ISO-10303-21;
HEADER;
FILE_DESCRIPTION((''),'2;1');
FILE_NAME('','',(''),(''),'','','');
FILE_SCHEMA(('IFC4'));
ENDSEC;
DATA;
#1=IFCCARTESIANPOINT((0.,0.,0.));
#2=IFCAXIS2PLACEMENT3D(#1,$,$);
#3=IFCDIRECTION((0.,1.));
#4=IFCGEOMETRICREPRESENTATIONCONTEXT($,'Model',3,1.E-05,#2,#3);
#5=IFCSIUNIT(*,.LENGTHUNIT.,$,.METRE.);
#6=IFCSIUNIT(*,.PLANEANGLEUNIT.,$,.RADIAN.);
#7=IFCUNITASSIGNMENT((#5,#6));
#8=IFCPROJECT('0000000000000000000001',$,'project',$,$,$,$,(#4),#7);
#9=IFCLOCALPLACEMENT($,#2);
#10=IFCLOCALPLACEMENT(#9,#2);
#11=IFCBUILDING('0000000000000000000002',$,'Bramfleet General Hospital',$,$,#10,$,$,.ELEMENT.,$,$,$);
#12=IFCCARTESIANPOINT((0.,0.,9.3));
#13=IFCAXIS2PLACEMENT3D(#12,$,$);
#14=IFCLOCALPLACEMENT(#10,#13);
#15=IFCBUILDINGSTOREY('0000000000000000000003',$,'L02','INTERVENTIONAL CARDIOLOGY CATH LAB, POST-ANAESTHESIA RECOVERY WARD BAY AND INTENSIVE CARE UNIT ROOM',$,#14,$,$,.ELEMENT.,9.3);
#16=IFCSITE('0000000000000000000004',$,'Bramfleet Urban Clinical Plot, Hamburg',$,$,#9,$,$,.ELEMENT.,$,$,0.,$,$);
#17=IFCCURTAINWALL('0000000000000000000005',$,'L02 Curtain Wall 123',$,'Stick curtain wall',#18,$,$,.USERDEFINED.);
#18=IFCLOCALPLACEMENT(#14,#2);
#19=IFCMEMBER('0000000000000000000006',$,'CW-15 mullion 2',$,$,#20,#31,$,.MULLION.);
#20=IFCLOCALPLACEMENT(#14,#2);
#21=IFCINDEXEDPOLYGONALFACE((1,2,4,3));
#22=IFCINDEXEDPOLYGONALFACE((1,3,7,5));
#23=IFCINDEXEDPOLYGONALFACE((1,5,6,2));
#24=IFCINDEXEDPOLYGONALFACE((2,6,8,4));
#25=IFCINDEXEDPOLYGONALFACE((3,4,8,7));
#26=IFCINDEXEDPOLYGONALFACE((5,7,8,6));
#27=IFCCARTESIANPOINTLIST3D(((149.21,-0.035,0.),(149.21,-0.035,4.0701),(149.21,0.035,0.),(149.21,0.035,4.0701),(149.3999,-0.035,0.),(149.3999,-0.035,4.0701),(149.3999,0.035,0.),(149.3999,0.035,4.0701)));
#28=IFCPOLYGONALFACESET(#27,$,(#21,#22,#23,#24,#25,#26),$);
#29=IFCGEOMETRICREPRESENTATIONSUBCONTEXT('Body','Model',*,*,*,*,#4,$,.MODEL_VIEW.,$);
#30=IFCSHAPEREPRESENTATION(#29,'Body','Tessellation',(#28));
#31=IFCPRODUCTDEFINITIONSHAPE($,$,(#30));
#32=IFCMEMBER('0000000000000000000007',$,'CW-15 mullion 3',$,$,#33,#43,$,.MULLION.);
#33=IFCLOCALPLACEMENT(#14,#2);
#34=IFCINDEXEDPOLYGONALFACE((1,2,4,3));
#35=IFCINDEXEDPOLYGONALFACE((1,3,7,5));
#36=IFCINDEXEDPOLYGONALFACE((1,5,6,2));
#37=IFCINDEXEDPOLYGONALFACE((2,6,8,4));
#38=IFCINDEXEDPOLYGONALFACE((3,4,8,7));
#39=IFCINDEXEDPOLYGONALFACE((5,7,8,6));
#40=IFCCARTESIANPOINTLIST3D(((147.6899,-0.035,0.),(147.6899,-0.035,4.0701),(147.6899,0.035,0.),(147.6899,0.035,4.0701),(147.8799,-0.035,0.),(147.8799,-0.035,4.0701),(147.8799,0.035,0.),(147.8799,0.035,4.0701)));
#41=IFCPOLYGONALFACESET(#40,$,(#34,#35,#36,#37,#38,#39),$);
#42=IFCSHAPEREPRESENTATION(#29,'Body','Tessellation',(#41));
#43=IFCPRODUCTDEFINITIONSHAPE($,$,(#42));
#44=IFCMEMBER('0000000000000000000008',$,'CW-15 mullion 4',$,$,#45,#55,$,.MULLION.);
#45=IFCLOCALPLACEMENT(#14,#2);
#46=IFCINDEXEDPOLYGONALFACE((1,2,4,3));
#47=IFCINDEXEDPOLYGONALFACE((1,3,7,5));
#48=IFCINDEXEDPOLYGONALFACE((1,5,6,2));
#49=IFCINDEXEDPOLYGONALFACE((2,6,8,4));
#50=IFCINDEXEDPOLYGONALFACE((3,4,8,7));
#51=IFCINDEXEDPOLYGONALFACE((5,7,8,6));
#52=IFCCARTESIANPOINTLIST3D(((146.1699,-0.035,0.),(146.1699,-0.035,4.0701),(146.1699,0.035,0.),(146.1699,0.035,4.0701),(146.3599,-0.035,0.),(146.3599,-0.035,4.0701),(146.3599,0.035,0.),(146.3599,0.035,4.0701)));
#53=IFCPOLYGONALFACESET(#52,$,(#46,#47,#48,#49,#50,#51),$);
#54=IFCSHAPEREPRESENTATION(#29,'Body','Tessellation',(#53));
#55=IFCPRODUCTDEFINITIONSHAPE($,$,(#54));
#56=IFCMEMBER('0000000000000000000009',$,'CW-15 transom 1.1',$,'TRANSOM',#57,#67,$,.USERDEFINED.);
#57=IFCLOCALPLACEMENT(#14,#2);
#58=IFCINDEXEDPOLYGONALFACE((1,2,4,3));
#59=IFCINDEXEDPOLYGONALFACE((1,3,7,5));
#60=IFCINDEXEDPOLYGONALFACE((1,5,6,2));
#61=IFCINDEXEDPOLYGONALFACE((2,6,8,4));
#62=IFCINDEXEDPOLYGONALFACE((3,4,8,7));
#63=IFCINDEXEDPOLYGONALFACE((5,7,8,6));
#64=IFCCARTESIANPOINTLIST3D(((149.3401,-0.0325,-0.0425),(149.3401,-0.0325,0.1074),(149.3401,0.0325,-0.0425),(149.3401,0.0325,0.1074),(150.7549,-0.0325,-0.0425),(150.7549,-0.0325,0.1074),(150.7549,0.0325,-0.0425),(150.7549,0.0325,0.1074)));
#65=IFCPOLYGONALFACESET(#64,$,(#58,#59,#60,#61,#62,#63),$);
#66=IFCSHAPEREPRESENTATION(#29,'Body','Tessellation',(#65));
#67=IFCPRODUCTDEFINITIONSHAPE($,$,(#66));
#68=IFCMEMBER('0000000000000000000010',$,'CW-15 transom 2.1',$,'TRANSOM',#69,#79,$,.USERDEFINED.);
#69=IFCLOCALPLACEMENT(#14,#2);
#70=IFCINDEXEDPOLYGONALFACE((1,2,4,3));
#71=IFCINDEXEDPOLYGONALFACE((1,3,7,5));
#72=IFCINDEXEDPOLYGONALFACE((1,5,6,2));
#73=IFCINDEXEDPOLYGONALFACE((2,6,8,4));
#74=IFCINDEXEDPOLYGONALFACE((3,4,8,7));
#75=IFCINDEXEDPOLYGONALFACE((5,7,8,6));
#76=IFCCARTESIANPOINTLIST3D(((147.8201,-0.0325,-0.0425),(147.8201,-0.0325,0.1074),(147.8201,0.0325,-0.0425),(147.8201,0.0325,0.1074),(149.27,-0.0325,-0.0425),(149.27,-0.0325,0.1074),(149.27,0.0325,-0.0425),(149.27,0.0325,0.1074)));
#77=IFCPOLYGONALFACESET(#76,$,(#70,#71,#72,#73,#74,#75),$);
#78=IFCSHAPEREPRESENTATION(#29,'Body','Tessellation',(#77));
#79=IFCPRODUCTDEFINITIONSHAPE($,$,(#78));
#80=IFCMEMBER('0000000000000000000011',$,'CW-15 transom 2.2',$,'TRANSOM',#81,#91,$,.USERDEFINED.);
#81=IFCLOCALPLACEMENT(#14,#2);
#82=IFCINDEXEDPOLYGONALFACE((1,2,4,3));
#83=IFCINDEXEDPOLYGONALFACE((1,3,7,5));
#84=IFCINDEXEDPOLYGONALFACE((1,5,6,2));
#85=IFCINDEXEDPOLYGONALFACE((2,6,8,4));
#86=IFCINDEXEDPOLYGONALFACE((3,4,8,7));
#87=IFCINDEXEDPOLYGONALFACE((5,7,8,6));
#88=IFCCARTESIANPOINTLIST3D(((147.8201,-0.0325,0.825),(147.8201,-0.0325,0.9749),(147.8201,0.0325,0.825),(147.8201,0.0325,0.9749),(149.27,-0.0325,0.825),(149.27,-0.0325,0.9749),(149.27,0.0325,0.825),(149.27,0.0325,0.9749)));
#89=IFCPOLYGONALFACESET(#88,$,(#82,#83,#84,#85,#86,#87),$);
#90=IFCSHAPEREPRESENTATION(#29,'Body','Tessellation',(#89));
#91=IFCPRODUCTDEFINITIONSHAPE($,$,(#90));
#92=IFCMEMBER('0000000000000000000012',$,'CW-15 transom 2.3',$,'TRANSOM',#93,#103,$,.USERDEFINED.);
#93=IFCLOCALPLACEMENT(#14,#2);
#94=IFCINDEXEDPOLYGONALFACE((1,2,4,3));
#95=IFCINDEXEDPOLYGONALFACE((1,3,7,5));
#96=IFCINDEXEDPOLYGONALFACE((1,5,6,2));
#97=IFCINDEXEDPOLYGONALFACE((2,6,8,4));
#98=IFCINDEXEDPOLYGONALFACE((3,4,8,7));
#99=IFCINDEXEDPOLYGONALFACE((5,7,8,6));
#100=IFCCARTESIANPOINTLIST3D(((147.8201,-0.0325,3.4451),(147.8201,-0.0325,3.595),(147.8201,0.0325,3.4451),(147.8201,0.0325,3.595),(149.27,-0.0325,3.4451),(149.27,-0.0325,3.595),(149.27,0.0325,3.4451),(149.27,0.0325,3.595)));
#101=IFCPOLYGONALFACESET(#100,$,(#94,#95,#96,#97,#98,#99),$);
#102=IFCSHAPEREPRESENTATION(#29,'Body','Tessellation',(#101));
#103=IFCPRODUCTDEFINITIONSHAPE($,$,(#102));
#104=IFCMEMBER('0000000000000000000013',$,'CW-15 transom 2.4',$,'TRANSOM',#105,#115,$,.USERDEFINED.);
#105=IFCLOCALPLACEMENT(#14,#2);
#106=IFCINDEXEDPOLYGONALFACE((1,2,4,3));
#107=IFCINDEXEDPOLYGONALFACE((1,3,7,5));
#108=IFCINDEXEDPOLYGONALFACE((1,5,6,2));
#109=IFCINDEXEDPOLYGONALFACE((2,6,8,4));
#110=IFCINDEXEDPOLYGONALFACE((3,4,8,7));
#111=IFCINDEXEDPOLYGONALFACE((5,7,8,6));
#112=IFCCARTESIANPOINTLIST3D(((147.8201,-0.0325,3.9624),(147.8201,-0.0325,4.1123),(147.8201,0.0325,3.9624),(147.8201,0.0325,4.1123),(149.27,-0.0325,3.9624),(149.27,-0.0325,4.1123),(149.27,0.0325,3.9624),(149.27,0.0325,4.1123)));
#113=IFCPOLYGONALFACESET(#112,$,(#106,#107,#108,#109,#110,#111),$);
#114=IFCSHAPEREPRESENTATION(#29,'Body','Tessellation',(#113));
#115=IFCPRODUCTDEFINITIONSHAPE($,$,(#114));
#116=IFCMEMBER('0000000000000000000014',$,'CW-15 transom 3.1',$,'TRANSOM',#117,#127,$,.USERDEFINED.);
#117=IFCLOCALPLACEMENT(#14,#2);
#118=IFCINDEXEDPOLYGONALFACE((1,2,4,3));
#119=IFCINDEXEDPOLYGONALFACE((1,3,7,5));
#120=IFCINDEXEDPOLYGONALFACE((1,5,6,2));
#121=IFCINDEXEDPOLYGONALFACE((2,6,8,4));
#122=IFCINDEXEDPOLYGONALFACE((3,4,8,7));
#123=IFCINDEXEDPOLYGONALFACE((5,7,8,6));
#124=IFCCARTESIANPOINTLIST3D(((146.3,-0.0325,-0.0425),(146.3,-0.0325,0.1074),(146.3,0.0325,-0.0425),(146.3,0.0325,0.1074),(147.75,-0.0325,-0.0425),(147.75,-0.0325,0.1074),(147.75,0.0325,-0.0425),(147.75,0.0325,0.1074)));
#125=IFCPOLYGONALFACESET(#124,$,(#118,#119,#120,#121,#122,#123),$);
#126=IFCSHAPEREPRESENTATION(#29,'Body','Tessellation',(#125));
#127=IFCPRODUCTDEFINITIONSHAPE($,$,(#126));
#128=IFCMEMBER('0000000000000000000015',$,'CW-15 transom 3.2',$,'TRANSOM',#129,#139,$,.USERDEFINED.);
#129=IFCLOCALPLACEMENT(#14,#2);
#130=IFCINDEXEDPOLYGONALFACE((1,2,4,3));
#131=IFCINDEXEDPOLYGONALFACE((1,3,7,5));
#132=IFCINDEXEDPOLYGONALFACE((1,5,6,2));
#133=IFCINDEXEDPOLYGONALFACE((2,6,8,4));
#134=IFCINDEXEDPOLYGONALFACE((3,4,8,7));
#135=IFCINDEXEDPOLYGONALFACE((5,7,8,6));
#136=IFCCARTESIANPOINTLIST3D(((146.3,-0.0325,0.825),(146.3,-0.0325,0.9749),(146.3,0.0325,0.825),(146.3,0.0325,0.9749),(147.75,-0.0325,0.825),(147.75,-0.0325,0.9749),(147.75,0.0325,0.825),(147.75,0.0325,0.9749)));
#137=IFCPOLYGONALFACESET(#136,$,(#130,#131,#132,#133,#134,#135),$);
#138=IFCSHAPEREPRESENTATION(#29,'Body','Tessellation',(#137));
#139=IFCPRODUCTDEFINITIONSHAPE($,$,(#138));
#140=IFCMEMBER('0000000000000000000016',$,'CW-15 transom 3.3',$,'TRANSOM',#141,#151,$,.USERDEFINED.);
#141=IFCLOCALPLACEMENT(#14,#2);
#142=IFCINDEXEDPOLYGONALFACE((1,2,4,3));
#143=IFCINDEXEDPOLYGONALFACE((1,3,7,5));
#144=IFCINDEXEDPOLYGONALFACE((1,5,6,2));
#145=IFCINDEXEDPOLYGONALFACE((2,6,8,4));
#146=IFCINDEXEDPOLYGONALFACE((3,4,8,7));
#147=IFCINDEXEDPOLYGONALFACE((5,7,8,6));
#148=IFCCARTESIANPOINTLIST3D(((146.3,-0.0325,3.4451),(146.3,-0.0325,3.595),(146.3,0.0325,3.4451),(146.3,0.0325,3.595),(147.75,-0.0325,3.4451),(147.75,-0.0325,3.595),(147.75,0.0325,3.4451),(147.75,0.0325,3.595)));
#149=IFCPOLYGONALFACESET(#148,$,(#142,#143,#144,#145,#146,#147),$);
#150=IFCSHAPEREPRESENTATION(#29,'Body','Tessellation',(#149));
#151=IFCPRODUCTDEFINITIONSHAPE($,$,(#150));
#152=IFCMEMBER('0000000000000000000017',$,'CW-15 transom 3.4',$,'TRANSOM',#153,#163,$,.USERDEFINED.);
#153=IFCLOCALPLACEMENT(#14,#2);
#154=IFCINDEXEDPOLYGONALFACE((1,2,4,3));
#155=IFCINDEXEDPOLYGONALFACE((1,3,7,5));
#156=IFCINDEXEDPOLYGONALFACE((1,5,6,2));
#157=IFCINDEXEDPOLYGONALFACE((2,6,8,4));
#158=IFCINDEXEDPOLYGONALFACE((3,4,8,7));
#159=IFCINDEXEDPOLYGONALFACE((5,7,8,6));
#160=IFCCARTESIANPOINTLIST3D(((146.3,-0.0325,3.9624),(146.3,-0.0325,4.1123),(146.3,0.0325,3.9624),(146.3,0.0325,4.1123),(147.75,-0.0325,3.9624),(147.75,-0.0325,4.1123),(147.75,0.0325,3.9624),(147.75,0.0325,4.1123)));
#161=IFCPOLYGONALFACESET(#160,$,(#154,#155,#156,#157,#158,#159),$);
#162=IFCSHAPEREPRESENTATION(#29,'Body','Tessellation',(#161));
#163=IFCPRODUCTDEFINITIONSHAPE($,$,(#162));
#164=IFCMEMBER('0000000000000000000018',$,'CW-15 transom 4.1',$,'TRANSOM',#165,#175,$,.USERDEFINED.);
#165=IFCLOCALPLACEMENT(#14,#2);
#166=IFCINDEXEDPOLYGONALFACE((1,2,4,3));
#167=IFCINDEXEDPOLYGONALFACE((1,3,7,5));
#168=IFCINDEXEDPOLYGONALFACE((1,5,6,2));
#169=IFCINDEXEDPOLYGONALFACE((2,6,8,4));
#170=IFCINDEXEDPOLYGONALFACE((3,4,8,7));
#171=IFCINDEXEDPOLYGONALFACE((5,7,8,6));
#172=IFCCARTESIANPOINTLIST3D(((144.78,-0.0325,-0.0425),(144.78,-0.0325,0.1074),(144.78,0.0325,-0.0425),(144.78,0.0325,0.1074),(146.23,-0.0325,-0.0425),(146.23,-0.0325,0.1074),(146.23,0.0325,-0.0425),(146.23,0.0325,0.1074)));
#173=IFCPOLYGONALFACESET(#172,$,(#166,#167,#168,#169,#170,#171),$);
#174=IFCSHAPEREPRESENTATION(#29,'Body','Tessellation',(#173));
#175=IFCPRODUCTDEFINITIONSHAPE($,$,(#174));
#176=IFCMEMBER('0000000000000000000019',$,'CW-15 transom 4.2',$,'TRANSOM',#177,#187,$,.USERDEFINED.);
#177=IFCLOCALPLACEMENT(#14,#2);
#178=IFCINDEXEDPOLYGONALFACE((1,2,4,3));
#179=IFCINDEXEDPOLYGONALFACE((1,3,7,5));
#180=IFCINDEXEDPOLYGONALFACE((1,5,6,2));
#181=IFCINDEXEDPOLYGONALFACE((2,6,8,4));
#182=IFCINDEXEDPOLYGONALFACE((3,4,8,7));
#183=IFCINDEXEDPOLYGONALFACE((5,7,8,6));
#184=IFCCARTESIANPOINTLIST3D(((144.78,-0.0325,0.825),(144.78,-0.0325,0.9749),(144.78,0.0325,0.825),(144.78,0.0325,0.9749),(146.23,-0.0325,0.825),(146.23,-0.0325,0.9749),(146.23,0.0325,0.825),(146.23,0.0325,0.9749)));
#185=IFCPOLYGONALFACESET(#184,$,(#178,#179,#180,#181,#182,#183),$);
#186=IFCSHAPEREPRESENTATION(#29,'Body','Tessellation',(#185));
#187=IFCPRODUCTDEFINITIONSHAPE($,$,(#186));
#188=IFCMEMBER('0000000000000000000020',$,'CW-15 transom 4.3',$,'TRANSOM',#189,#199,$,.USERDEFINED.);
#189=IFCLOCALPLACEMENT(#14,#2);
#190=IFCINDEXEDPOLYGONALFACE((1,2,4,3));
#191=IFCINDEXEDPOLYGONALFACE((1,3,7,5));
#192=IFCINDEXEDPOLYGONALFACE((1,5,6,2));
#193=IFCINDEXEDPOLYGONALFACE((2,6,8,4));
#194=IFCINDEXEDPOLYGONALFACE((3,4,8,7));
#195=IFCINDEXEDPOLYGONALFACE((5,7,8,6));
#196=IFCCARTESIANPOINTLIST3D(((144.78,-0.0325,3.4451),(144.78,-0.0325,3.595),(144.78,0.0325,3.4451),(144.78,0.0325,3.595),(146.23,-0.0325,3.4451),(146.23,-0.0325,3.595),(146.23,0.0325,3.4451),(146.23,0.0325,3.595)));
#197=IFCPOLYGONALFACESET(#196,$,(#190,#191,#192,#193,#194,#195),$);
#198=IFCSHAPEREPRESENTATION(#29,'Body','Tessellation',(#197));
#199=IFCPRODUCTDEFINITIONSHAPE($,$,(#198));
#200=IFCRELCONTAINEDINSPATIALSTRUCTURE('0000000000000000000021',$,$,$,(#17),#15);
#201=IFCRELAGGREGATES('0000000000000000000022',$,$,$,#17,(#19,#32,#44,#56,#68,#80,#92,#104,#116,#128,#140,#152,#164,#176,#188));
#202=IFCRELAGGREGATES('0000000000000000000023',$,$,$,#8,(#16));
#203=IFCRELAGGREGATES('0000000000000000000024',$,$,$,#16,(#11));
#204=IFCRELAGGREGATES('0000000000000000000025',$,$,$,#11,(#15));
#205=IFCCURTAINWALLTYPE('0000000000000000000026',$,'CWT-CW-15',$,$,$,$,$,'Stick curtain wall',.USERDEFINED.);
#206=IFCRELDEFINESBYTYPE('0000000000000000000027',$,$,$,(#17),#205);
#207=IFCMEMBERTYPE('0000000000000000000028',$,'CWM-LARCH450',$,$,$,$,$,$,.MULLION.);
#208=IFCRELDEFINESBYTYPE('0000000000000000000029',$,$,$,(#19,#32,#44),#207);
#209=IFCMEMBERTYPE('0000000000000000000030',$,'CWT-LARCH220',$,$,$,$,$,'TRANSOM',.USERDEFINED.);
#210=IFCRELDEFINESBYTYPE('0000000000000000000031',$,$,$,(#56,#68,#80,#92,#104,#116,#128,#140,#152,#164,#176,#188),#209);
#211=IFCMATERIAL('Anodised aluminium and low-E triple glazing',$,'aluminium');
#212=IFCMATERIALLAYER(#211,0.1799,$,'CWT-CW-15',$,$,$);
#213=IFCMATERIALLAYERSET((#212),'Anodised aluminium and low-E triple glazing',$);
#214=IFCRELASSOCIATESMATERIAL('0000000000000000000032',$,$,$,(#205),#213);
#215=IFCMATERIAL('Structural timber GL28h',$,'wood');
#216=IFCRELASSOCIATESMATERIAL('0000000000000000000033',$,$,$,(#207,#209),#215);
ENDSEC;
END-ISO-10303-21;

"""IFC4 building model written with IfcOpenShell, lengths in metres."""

from ifc_helpers import new_model, si_unit, direction, frame, origin, origin_2d, place, context, subcontext, project, spatial, rectangle, extrude, material, layer, layer_set, material_profile, profile_set, type_object, element, aggregate, save


model = new_model("IFC4")

# Units and contexts
model_context = context("Model", 3, precision=1e-05, world=origin(), true_north=direction((0.0, 1.0)))
body_context = subcontext(model_context, "Body", "Model", "MODEL_VIEW")
ifc_project = project(units=[si_unit("LENGTHUNIT", "METRE"), si_unit("PLANEANGLEUNIT", "RADIAN")], contexts=[model_context])

# Site, building, storey
site_placement = place(None, origin())
site = spatial("IfcSite", under=ifc_project, at=site_placement, Name="Bramfleet Urban Clinical Plot, Hamburg", CompositionType="ELEMENT", RefElevation=0.0)
building_placement = place(site_placement, origin())
building = spatial("IfcBuilding", under=site, at=building_placement, Name="Bramfleet General Hospital", CompositionType="ELEMENT")
storey_placement = place(building_placement, frame((0.0, 0.0, 9.3)))
storey = spatial("IfcBuildingStorey", under=building, at=storey_placement, Name="L02", Description="INTERVENTIONAL CARDIOLOGY CATH LAB, POST-ANAESTHESIA RECOVERY WARD BAY AND INTENSIVE CARE UNIT ROOM", CompositionType="ELEMENT", Elevation=9.3)

# Curtain wall, members
ifc_material_1 = material(Name="Anodised aluminium and low-E triple glazing", Category="aluminium")
ifc_layer_1 = layer(ifc_material_1, 0.1799, Name="CWT-CW-15")
ifc_layer_set_1 = layer_set([ifc_layer_1], Name="Anodised aluminium and low-E triple glazing")
curtain_wall_type = type_object("IfcCurtainWallType", Name="CWT-CW-15", ElementType="Stick curtain wall", PredefinedType="USERDEFINED", material=ifc_layer_set_1)
curtain_wall_placement = place(storey_placement, origin())
curtain_wall = element("IfcCurtainWall", 1, at=curtain_wall_placement, inside=storey, type_object=curtain_wall_type, Name="L02 Curtain Wall 123", ObjectType="Stick curtain wall", PredefinedType="USERDEFINED")
ifc_material_2 = material(Name="Structural timber GL28h", Category="wood")
ifc_material_profile_1 = material_profile(ifc_material_2, rectangle(XDim=0.0701, YDim=0.1899, at=origin_2d()), Name="LARCH 190x70")
ifc_profile_set_1 = profile_set([ifc_material_profile_1], Name="Structural timber GL28h")
member_type_1 = type_object("IfcMemberType", Name="CWM-LARCH450", PredefinedType="MULLION", material=ifc_profile_set_1)
member_1_placement = place(storey_placement, frame((149.3049, 0.0, 0.0), z_axis=(0.0, 0.0, 1.0), x_axis=(0.0, -1.0, 0.0)))
member_1 = element("IfcMember", 2, at=member_1_placement, type_object=member_type_1, Name="CW-15 mullion 2", PredefinedType="MULLION", context=body_context, shape_type="SweptSolid", body=[
    extrude(rectangle(XDim=0.0701, YDim=0.1899, at=origin_2d()), origin(), (0.0, 0.0, 1.0), 4.0701),
])
member_2_placement = place(storey_placement, frame((147.7849, 0.0, 0.0), z_axis=(0.0, 0.0, 1.0), x_axis=(0.0, -1.0, 0.0)))
member_2 = element("IfcMember", 3, at=member_2_placement, type_object=member_type_1, Name="CW-15 mullion 3", PredefinedType="MULLION", context=body_context, shape_type="SweptSolid", body=[
    extrude(rectangle(XDim=0.0701, YDim=0.1899, at=origin_2d()), origin(), (0.0, 0.0, 1.0), 4.0701),
])
member_3_placement = place(storey_placement, frame((146.2649, 0.0, 0.0), z_axis=(0.0, 0.0, 1.0), x_axis=(0.0, -1.0, 0.0)))
member_3 = element("IfcMember", 4, at=member_3_placement, type_object=member_type_1, Name="CW-15 mullion 4", PredefinedType="MULLION", context=body_context, shape_type="SweptSolid", body=[
    extrude(rectangle(XDim=0.0701, YDim=0.1899, at=origin_2d()), origin(), (0.0, 0.0, 1.0), 4.0701),
])
ifc_material_profile_2 = material_profile(ifc_material_2, rectangle(XDim=0.0649, YDim=0.1499, at=origin_2d()), Name="LARCH 150x65")
ifc_profile_set_2 = profile_set([ifc_material_profile_2], Name="Structural timber GL28h")
member_type_2 = type_object("IfcMemberType", Name="CWT-LARCH220", ElementType="TRANSOM", PredefinedType="USERDEFINED", material=ifc_profile_set_2)
member_4_placement = place(storey_placement, frame((150.7549, 0.0, 0.0325), z_axis=(-1.0, 0.0, 0.0), x_axis=(0.0, -1.0, 0.0)))
member_4 = element("IfcMember", 5, at=member_4_placement, type_object=member_type_2, Name="CW-15 transom 1.1", ObjectType="TRANSOM", PredefinedType="USERDEFINED", context=body_context, shape_type="SweptSolid", body=[
    extrude(rectangle(XDim=0.0649, YDim=0.1499, at=origin_2d()), origin(), (0.0, 0.0, 1.0), 1.4148),
])
member_5_placement = place(storey_placement, frame((149.27, 0.0, 0.0325), z_axis=(-1.0, 0.0, 0.0), x_axis=(0.0, -1.0, 0.0)))
member_5 = element("IfcMember", 6, at=member_5_placement, type_object=member_type_2, Name="CW-15 transom 2.1", ObjectType="TRANSOM", PredefinedType="USERDEFINED", context=body_context, shape_type="SweptSolid", body=[
    extrude(rectangle(XDim=0.0649, YDim=0.1499, at=origin_2d()), origin(), (0.0, 0.0, 1.0), 1.45),
])
member_6_placement = place(storey_placement, frame((149.27, 0.0, 0.8999), z_axis=(-1.0, 0.0, 0.0), x_axis=(0.0, -1.0, 0.0)))
member_6 = element("IfcMember", 7, at=member_6_placement, type_object=member_type_2, Name="CW-15 transom 2.2", ObjectType="TRANSOM", PredefinedType="USERDEFINED", context=body_context, shape_type="SweptSolid", body=[
    extrude(rectangle(XDim=0.0649, YDim=0.1499, at=origin_2d()), origin(), (0.0, 0.0, 1.0), 1.45),
])
member_7_placement = place(storey_placement, frame((149.27, 0.0, 3.52), z_axis=(-1.0, 0.0, 0.0), x_axis=(0.0, -1.0, 0.0)))
member_7 = element("IfcMember", 8, at=member_7_placement, type_object=member_type_2, Name="CW-15 transom 2.3", ObjectType="TRANSOM", PredefinedType="USERDEFINED", context=body_context, shape_type="SweptSolid", body=[
    extrude(rectangle(XDim=0.0649, YDim=0.1499, at=origin_2d()), origin(), (0.0, 0.0, 1.0), 1.45),
])
member_8_placement = place(storey_placement, frame((149.27, 0.0, 4.0374), z_axis=(-1.0, 0.0, 0.0), x_axis=(0.0, -1.0, 0.0)))
member_8 = element("IfcMember", 9, at=member_8_placement, type_object=member_type_2, Name="CW-15 transom 2.4", ObjectType="TRANSOM", PredefinedType="USERDEFINED", context=body_context, shape_type="SweptSolid", body=[
    extrude(rectangle(XDim=0.0649, YDim=0.1499, at=origin_2d()), origin(), (0.0, 0.0, 1.0), 1.45),
])
member_9_placement = place(storey_placement, frame((147.75, 0.0, 0.0325), z_axis=(-1.0, 0.0, 0.0), x_axis=(0.0, -1.0, 0.0)))
member_9 = element("IfcMember", 10, at=member_9_placement, type_object=member_type_2, Name="CW-15 transom 3.1", ObjectType="TRANSOM", PredefinedType="USERDEFINED", context=body_context, shape_type="SweptSolid", body=[
    extrude(rectangle(XDim=0.0649, YDim=0.1499, at=origin_2d()), origin(), (0.0, 0.0, 1.0), 1.45),
])
member_10_placement = place(storey_placement, frame((147.75, 0.0, 0.8999), z_axis=(-1.0, 0.0, 0.0), x_axis=(0.0, -1.0, 0.0)))
member_10 = element("IfcMember", 11, at=member_10_placement, type_object=member_type_2, Name="CW-15 transom 3.2", ObjectType="TRANSOM", PredefinedType="USERDEFINED", context=body_context, shape_type="SweptSolid", body=[
    extrude(rectangle(XDim=0.0649, YDim=0.1499, at=origin_2d()), origin(), (0.0, 0.0, 1.0), 1.45),
])
member_11_placement = place(storey_placement, frame((147.75, 0.0, 3.52), z_axis=(-1.0, 0.0, 0.0), x_axis=(0.0, -1.0, 0.0)))
member_11 = element("IfcMember", 12, at=member_11_placement, type_object=member_type_2, Name="CW-15 transom 3.3", ObjectType="TRANSOM", PredefinedType="USERDEFINED", context=body_context, shape_type="SweptSolid", body=[
    extrude(rectangle(XDim=0.0649, YDim=0.1499, at=origin_2d()), origin(), (0.0, 0.0, 1.0), 1.45),
])
member_12_placement = place(storey_placement, frame((147.75, 0.0, 4.0374), z_axis=(-1.0, 0.0, 0.0), x_axis=(0.0, -1.0, 0.0)))
member_12 = element("IfcMember", 13, at=member_12_placement, type_object=member_type_2, Name="CW-15 transom 3.4", ObjectType="TRANSOM", PredefinedType="USERDEFINED", context=body_context, shape_type="SweptSolid", body=[
    extrude(rectangle(XDim=0.0649, YDim=0.1499, at=origin_2d()), origin(), (0.0, 0.0, 1.0), 1.45),
])
member_13_placement = place(storey_placement, frame((146.23, 0.0, 0.0325), z_axis=(-1.0, 0.0, 0.0), x_axis=(0.0, -1.0, 0.0)))
member_13 = element("IfcMember", 14, at=member_13_placement, type_object=member_type_2, Name="CW-15 transom 4.1", ObjectType="TRANSOM", PredefinedType="USERDEFINED", context=body_context, shape_type="SweptSolid", body=[
    extrude(rectangle(XDim=0.0649, YDim=0.1499, at=origin_2d()), origin(), (0.0, 0.0, 1.0), 1.45),
])
member_14_placement = place(storey_placement, frame((146.23, 0.0, 0.8999), z_axis=(-1.0, 0.0, 0.0), x_axis=(0.0, -1.0, 0.0)))
member_14 = element("IfcMember", 15, at=member_14_placement, type_object=member_type_2, Name="CW-15 transom 4.2", ObjectType="TRANSOM", PredefinedType="USERDEFINED", context=body_context, shape_type="SweptSolid", body=[
    extrude(rectangle(XDim=0.0649, YDim=0.1499, at=origin_2d()), origin(), (0.0, 0.0, 1.0), 1.45),
])
member_15_placement = place(storey_placement, frame((146.23, 0.0, 3.52), z_axis=(-1.0, 0.0, 0.0), x_axis=(0.0, -1.0, 0.0)))
member_15 = element("IfcMember", 16, at=member_15_placement, type_object=member_type_2, Name="CW-15 transom 4.3", ObjectType="TRANSOM", PredefinedType="USERDEFINED", context=body_context, shape_type="SweptSolid", body=[
    extrude(rectangle(XDim=0.0649, YDim=0.1499, at=origin_2d()), origin(), (0.0, 0.0, 1.0), 1.45),
])
aggregate(curtain_wall, [member_1, member_2, member_3, member_4, member_5, member_6, member_7, member_8, member_9, member_10, member_11, member_12, member_13, member_14, member_15])

save(model, "model.ifc")
